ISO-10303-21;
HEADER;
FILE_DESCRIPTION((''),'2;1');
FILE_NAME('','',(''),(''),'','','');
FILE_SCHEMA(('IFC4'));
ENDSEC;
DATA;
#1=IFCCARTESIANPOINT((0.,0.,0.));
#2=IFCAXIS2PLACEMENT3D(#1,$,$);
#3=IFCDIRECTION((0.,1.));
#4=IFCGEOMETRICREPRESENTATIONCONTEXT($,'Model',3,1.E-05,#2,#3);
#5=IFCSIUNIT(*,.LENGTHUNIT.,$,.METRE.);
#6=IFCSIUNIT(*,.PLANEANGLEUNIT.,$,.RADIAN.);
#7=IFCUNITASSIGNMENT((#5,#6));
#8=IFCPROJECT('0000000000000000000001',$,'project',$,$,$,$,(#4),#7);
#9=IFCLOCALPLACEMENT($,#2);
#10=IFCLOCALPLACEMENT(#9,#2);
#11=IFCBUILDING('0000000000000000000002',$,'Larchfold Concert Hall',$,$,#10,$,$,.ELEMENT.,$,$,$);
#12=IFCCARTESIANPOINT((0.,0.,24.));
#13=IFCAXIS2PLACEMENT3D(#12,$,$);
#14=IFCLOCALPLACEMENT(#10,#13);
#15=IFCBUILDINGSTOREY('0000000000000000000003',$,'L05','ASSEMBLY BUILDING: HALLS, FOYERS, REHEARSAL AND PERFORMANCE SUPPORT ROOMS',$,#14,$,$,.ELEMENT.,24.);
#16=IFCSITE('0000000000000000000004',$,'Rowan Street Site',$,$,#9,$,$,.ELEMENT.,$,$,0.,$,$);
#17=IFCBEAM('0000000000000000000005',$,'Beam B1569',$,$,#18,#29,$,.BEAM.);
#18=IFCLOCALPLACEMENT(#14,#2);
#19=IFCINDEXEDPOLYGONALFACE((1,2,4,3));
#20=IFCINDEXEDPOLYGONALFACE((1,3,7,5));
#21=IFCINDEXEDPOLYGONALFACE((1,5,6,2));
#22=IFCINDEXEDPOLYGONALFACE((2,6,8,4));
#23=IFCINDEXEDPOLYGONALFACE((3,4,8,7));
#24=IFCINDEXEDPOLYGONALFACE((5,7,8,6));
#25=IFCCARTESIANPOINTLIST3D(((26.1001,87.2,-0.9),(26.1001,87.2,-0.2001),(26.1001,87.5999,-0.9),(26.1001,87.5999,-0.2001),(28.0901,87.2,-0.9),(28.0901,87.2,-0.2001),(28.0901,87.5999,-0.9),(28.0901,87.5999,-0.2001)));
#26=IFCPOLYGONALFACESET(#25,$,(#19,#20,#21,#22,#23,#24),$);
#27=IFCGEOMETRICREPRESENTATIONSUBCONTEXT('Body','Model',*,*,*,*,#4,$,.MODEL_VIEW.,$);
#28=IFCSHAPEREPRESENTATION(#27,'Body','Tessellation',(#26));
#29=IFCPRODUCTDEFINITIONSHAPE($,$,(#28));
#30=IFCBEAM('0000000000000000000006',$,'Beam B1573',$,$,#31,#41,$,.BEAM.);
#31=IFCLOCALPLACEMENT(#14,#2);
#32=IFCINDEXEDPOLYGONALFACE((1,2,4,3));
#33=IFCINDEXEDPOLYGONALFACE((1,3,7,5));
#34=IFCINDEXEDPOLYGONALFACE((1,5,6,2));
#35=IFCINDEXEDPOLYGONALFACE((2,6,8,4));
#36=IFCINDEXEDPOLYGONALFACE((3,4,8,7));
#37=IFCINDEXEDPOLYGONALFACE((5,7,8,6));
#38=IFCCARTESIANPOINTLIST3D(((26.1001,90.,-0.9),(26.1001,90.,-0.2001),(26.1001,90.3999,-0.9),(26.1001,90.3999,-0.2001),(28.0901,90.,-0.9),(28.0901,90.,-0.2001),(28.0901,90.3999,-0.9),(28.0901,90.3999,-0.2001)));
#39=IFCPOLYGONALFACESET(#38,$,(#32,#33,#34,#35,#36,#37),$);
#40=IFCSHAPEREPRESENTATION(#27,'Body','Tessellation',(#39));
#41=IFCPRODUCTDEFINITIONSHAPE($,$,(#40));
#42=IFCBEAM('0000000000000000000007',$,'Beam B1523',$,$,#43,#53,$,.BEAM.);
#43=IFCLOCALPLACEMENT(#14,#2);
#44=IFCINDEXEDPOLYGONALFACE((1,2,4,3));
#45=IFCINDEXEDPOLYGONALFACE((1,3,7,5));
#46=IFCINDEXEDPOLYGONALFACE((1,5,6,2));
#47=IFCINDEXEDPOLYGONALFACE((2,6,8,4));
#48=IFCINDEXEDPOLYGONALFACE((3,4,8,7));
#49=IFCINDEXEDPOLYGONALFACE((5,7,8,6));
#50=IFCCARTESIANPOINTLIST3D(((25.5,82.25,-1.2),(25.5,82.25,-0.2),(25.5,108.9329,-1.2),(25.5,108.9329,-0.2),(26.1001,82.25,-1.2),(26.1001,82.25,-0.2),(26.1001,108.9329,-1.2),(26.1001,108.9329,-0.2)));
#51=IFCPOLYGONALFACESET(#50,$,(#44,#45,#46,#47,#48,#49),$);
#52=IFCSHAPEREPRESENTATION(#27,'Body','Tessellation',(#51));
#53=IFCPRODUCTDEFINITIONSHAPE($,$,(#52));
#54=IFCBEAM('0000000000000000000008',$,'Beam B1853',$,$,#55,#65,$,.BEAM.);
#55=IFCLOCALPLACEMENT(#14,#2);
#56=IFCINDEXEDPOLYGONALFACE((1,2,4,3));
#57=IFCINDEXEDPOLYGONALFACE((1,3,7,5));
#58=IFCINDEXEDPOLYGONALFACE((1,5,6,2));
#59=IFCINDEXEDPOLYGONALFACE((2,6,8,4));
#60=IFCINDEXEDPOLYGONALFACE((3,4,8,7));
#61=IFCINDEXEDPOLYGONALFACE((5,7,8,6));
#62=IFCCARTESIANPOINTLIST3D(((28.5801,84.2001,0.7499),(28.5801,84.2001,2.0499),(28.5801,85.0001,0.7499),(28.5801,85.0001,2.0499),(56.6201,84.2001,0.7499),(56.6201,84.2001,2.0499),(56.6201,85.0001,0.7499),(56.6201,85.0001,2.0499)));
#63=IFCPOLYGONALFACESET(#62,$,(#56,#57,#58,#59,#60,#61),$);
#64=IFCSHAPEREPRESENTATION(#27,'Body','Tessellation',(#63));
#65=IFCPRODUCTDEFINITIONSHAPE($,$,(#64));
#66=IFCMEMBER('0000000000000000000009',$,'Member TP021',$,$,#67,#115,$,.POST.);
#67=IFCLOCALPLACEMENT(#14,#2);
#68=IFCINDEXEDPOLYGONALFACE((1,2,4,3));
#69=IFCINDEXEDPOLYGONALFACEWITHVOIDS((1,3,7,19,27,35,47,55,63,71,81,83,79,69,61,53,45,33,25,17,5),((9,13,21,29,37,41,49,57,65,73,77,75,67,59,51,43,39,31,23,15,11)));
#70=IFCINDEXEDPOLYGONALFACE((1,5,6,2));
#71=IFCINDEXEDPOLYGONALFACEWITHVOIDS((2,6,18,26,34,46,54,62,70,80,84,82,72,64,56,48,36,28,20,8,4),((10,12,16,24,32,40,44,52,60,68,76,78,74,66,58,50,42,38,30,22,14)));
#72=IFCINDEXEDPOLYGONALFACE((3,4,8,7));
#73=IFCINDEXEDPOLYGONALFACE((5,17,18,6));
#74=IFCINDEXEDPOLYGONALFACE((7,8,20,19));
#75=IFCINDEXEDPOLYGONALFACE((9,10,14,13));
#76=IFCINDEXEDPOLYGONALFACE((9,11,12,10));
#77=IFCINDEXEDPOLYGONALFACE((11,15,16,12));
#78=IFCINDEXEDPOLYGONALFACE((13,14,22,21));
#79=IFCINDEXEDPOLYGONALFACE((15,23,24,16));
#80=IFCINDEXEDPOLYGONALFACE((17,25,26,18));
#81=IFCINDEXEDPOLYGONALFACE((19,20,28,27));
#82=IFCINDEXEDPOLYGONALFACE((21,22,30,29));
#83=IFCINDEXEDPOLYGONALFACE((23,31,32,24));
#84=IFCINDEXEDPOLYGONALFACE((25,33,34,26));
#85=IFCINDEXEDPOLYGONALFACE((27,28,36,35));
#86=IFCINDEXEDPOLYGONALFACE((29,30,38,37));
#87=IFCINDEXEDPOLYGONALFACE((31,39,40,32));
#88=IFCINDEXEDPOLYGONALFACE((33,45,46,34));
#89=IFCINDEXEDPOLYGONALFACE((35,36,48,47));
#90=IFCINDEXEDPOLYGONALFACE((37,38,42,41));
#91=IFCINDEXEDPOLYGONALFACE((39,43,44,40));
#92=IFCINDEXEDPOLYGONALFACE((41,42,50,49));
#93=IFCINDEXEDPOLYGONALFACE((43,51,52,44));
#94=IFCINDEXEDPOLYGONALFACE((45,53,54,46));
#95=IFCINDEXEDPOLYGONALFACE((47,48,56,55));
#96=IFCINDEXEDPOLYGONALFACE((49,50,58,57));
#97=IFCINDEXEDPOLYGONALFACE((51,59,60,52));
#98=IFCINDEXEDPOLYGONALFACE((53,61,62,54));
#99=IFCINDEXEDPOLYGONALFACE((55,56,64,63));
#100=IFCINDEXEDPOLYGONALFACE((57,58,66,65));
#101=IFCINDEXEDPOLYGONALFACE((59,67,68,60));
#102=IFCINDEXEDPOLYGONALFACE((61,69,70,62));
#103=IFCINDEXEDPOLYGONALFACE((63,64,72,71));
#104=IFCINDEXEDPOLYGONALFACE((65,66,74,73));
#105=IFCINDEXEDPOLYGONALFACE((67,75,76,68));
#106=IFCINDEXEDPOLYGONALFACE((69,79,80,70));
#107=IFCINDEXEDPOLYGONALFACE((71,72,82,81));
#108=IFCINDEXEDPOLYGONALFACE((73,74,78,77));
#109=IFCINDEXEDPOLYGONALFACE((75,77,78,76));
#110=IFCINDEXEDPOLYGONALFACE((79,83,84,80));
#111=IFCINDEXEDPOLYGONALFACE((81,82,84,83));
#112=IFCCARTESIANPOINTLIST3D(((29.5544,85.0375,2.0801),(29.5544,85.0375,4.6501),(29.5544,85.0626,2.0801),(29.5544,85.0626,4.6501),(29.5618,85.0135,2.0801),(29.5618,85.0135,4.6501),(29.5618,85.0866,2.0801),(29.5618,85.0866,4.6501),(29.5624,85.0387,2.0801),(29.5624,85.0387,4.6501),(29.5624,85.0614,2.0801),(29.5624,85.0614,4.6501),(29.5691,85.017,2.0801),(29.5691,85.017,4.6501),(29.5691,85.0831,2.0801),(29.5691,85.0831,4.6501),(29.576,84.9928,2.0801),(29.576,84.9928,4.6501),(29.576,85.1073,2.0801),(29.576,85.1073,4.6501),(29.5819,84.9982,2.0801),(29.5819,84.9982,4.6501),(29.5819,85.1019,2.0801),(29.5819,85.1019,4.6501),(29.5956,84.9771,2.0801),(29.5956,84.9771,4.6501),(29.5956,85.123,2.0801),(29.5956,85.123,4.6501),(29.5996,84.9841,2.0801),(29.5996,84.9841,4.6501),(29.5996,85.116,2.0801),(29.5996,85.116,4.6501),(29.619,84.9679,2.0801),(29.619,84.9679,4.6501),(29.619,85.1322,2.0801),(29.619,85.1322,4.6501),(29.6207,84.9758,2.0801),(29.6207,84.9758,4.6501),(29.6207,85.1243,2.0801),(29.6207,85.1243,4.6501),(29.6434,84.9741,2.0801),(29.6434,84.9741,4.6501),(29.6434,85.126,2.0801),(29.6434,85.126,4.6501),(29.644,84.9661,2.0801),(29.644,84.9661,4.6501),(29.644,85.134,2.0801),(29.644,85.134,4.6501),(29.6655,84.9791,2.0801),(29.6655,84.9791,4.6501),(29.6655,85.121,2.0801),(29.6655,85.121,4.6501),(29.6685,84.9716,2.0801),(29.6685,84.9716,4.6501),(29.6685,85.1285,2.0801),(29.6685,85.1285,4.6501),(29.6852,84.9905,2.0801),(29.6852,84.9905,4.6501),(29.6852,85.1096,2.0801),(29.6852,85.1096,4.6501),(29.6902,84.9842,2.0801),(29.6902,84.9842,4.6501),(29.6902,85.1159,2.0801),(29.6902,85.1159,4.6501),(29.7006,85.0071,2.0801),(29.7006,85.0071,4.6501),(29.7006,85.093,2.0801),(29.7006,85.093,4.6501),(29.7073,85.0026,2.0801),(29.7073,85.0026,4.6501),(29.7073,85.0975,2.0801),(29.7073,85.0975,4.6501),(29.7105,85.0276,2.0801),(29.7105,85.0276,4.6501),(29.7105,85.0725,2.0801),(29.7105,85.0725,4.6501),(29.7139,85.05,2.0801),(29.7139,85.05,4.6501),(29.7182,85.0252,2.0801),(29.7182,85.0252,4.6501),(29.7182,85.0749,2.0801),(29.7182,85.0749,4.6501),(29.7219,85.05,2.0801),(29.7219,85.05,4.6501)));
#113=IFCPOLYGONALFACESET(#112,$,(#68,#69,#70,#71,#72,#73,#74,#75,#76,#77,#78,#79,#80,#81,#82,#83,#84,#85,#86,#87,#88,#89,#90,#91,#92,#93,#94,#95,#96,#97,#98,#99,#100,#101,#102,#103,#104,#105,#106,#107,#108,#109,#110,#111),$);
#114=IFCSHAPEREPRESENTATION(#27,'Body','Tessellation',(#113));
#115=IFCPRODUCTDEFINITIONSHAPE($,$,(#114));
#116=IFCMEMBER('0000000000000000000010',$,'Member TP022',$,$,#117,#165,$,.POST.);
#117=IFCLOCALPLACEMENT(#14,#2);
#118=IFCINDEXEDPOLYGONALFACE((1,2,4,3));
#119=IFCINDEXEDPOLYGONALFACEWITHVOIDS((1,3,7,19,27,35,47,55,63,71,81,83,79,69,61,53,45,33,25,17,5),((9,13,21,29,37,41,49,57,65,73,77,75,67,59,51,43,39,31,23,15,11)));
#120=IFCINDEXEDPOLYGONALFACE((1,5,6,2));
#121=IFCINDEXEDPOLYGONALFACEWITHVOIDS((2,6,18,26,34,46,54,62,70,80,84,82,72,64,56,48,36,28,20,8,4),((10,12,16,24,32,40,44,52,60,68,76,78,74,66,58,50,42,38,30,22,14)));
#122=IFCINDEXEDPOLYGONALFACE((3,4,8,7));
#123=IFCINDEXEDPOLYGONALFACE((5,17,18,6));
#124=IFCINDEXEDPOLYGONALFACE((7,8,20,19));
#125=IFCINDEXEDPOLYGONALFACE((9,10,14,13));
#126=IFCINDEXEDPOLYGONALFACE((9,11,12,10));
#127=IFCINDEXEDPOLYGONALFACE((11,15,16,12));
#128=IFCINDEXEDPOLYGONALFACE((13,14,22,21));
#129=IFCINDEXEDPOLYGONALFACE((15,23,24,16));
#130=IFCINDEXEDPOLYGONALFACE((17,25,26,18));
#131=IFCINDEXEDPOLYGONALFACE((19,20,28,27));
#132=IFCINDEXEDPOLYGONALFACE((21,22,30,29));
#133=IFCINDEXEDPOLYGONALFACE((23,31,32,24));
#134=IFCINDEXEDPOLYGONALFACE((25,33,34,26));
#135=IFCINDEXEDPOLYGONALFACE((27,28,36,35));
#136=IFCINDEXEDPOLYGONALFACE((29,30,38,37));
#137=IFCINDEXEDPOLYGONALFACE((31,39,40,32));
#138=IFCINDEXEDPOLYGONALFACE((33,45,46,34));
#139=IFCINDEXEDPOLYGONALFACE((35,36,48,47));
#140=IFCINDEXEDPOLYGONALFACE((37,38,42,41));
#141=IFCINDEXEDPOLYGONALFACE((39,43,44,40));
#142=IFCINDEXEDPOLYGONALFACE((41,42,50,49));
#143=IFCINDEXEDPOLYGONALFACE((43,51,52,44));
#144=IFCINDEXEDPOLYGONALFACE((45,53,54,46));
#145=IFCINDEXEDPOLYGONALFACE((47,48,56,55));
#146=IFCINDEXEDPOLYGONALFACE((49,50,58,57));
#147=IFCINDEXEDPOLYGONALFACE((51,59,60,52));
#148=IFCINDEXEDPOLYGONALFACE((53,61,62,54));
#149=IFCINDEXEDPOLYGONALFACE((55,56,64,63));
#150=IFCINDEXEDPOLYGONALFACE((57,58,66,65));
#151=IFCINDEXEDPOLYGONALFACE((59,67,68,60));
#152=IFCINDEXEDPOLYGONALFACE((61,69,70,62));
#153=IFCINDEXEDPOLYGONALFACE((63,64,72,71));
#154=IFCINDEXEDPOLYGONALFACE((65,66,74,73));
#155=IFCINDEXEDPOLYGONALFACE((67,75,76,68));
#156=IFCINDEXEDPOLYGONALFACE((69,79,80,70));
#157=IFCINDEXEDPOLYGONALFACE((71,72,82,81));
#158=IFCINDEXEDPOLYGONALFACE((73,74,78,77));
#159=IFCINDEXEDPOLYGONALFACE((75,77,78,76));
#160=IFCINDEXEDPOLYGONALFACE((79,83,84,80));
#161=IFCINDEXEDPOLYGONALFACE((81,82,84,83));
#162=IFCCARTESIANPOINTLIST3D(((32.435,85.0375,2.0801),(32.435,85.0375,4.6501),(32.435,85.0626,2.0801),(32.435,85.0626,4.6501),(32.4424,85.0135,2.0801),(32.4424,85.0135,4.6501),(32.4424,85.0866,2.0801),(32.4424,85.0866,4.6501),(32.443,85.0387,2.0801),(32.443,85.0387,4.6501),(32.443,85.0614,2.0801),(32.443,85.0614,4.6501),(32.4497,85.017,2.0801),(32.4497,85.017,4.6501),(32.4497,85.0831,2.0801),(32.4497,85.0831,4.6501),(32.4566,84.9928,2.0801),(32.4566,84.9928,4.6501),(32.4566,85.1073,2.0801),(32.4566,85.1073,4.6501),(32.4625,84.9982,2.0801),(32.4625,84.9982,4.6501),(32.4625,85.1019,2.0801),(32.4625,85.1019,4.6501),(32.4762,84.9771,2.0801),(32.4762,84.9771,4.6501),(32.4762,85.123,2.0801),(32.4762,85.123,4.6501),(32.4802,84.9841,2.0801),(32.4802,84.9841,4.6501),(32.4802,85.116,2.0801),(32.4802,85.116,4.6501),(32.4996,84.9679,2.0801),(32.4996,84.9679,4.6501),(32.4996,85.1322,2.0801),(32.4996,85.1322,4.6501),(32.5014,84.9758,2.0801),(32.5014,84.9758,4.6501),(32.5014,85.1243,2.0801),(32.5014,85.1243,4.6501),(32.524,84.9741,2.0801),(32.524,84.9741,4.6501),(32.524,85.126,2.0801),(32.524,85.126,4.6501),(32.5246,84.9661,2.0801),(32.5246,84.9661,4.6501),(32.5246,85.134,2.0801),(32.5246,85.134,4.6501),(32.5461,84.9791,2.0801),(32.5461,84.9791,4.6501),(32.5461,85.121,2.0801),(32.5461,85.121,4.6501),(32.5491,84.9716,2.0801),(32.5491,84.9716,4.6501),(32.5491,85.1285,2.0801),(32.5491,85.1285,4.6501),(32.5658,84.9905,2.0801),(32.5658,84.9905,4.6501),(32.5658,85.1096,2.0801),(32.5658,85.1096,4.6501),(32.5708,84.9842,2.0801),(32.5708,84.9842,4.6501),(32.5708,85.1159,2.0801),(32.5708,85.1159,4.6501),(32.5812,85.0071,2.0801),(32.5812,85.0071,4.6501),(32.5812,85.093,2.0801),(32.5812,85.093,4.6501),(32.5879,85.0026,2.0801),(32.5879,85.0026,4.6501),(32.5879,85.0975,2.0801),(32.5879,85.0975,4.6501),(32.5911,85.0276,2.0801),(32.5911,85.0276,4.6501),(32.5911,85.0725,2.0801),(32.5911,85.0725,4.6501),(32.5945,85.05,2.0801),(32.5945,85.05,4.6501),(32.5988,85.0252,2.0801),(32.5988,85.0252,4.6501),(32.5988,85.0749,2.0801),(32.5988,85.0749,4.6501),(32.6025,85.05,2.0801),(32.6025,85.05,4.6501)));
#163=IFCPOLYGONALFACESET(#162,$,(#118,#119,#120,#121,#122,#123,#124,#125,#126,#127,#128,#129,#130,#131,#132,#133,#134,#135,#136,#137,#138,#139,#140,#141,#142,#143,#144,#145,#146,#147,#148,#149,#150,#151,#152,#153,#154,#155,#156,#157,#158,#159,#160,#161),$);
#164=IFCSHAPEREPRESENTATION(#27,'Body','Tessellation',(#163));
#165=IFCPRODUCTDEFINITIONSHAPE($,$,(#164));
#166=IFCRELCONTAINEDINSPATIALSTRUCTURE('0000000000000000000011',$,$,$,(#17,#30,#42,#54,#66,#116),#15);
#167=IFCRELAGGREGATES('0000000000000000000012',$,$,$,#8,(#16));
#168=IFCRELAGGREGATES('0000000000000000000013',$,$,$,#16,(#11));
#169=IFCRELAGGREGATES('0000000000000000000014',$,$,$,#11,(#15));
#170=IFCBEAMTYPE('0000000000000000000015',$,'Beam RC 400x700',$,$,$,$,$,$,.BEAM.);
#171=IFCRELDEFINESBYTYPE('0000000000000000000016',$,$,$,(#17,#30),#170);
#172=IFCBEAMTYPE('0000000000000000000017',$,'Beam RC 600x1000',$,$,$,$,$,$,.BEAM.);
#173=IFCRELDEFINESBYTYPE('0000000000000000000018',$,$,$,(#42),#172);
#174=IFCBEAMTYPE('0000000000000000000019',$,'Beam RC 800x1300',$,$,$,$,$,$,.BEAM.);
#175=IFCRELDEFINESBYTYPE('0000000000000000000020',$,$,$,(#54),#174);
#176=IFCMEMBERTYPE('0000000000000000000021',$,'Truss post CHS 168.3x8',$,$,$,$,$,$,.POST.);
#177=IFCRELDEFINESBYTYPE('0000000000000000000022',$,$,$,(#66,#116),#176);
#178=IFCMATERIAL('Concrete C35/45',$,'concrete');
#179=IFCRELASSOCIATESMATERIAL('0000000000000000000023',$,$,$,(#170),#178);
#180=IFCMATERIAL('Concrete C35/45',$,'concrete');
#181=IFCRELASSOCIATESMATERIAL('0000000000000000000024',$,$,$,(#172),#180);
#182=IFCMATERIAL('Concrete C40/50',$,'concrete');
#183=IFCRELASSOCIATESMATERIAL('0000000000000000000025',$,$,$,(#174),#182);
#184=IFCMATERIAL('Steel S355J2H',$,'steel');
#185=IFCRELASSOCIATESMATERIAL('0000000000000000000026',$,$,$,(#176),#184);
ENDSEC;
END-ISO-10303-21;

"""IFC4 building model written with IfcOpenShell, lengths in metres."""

from ifc_helpers import new_model, si_unit, direction, frame, origin, origin_2d, place, context, subcontext, project, spatial, rectangle, hollow_circle, extrude, material, material_profile, profile_set, type_object, element, save


model = new_model("IFC4")

# Units and contexts
model_context = context("Model", 3, precision=1e-05, world=origin(), true_north=direction((0.0, 1.0)))
body_context = subcontext(model_context, "Body", "Model", "MODEL_VIEW")
ifc_project = project(units=[si_unit("LENGTHUNIT", "METRE"), si_unit("PLANEANGLEUNIT", "RADIAN")], contexts=[model_context])

# Site, building, storey
site_placement = place(None, origin())
site = spatial("IfcSite", under=ifc_project, at=site_placement, Name="Rowan Street Site", CompositionType="ELEMENT", RefElevation=0.0)
building_placement = place(site_placement, origin())
building = spatial("IfcBuilding", under=site, at=building_placement, Name="Larchfold Concert Hall", CompositionType="ELEMENT")
storey_placement = place(building_placement, frame((0.0, 0.0, 24.0)))
storey = spatial("IfcBuildingStorey", under=building, at=storey_placement, Name="L05", Description="ASSEMBLY BUILDING: HALLS, FOYERS, REHEARSAL AND PERFORMANCE SUPPORT ROOMS", CompositionType="ELEMENT", Elevation=24.0)

# Beams
ifc_material_1 = material(Name="Concrete C35/45", Category="concrete")
ifc_material_profile_1 = material_profile(ifc_material_1, rectangle(XDim=0.3999, YDim=0.7, at=origin_2d()))
ifc_profile_set_1 = profile_set([ifc_material_profile_1], Name="Concrete C35/45")
beam_type_1 = type_object("IfcBeamType", Name="Beam RC 400x700", PredefinedType="BEAM", material=ifc_profile_set_1)
for number, where, z_axis, x_axis, name in (
    (1, (26.1001, 87.3999, -0.55), (1.0, 0.0, 0.0), (0.0, 1.0, 0.0), "Beam B1569"),
    (2, (26.1001, 90.2, -0.55), (1.0, 0.0, 0.0), (0.0, 1.0, 0.0), "Beam B1573"),
):
    element("IfcBeam", number, at=place(storey_placement, frame(where, z_axis=z_axis, x_axis=x_axis)), inside=storey, type_object=beam_type_1, Name=name, PredefinedType="BEAM", context=body_context, shape_type="SweptSolid", body=[
        extrude(rectangle(XDim=0.3999, YDim=0.7, at=origin_2d()), origin(), (0.0, 0.0, 1.0), 1.99),
    ])
ifc_material_2 = material(Name="Concrete C35/45", Category="concrete")
ifc_material_profile_2 = material_profile(ifc_material_2, rectangle(XDim=0.6001, YDim=1.0, at=origin_2d()))
ifc_profile_set_2 = profile_set([ifc_material_profile_2], Name="Concrete C35/45")
beam_type_2 = type_object("IfcBeamType", Name="Beam RC 600x1000", PredefinedType="BEAM", material=ifc_profile_set_2)
beam_1_placement = place(storey_placement, frame((25.8, 82.25, -0.7), z_axis=(0.0, 1.0, 0.0), x_axis=(-1.0, 0.0, 0.0)))
element("IfcBeam", 3, at=beam_1_placement, inside=storey, type_object=beam_type_2, Name="Beam B1523", PredefinedType="BEAM", context=body_context, shape_type="SweptSolid", body=[
    extrude(rectangle(XDim=0.6001, YDim=1.0, at=origin_2d()), origin(), (0.0, 0.0, 1.0), 26.6829),
])
ifc_material_3 = material(Name="Concrete C40/50", Category="concrete")
ifc_material_profile_3 = material_profile(ifc_material_3, rectangle(XDim=0.8, YDim=1.3, at=origin_2d()))
ifc_profile_set_3 = profile_set([ifc_material_profile_3], Name="Concrete C40/50")
beam_type_3 = type_object("IfcBeamType", Name="Beam RC 800x1300", PredefinedType="BEAM", material=ifc_profile_set_3)
beam_2_placement = place(storey_placement, frame((28.5801, 84.6001, 1.3999), z_axis=(1.0, 0.0, 0.0), x_axis=(0.0, 1.0, 0.0)))
element("IfcBeam", 4, at=beam_2_placement, inside=storey, type_object=beam_type_3, Name="Beam B1853", PredefinedType="BEAM", context=body_context, shape_type="SweptSolid", body=[
    extrude(rectangle(XDim=0.8, YDim=1.3, at=origin_2d()), origin(), (0.0, 0.0, 1.0), 28.04),
])

# Members
ifc_material_4 = material(Name="Steel S355J2H", Category="steel")
ifc_material_profile_4 = material_profile(ifc_material_4, hollow_circle(Radius=0.0842, WallThickness=0.0081, at=origin_2d()))
ifc_profile_set_4 = profile_set([ifc_material_profile_4], Name="Steel S355J2H")
member_type = type_object("IfcMemberType", Name="Truss post CHS 168.3x8", PredefinedType="POST", material=ifc_profile_set_4)
for number, where, z_axis, x_axis, name in (
    (5, (29.6377, 85.05, 2.0801), (0.0, 0.0, 1.0), (1.0, 0.0, 0.0), "Member TP021"),
    (6, (32.5183, 85.05, 2.0801), (0.0, 0.0, 1.0), (1.0, 0.0, 0.0), "Member TP022"),
):
    element("IfcMember", number, at=place(storey_placement, frame(where, z_axis=z_axis, x_axis=x_axis)), inside=storey, type_object=member_type, Name=name, PredefinedType="POST", context=body_context, shape_type="SweptSolid", body=[
        extrude(hollow_circle(Radius=0.0842, WallThickness=0.0081, at=origin_2d()), origin(), (0.0, 0.0, 1.0), 2.5701),
    ])

save(model, "model.ifc")
